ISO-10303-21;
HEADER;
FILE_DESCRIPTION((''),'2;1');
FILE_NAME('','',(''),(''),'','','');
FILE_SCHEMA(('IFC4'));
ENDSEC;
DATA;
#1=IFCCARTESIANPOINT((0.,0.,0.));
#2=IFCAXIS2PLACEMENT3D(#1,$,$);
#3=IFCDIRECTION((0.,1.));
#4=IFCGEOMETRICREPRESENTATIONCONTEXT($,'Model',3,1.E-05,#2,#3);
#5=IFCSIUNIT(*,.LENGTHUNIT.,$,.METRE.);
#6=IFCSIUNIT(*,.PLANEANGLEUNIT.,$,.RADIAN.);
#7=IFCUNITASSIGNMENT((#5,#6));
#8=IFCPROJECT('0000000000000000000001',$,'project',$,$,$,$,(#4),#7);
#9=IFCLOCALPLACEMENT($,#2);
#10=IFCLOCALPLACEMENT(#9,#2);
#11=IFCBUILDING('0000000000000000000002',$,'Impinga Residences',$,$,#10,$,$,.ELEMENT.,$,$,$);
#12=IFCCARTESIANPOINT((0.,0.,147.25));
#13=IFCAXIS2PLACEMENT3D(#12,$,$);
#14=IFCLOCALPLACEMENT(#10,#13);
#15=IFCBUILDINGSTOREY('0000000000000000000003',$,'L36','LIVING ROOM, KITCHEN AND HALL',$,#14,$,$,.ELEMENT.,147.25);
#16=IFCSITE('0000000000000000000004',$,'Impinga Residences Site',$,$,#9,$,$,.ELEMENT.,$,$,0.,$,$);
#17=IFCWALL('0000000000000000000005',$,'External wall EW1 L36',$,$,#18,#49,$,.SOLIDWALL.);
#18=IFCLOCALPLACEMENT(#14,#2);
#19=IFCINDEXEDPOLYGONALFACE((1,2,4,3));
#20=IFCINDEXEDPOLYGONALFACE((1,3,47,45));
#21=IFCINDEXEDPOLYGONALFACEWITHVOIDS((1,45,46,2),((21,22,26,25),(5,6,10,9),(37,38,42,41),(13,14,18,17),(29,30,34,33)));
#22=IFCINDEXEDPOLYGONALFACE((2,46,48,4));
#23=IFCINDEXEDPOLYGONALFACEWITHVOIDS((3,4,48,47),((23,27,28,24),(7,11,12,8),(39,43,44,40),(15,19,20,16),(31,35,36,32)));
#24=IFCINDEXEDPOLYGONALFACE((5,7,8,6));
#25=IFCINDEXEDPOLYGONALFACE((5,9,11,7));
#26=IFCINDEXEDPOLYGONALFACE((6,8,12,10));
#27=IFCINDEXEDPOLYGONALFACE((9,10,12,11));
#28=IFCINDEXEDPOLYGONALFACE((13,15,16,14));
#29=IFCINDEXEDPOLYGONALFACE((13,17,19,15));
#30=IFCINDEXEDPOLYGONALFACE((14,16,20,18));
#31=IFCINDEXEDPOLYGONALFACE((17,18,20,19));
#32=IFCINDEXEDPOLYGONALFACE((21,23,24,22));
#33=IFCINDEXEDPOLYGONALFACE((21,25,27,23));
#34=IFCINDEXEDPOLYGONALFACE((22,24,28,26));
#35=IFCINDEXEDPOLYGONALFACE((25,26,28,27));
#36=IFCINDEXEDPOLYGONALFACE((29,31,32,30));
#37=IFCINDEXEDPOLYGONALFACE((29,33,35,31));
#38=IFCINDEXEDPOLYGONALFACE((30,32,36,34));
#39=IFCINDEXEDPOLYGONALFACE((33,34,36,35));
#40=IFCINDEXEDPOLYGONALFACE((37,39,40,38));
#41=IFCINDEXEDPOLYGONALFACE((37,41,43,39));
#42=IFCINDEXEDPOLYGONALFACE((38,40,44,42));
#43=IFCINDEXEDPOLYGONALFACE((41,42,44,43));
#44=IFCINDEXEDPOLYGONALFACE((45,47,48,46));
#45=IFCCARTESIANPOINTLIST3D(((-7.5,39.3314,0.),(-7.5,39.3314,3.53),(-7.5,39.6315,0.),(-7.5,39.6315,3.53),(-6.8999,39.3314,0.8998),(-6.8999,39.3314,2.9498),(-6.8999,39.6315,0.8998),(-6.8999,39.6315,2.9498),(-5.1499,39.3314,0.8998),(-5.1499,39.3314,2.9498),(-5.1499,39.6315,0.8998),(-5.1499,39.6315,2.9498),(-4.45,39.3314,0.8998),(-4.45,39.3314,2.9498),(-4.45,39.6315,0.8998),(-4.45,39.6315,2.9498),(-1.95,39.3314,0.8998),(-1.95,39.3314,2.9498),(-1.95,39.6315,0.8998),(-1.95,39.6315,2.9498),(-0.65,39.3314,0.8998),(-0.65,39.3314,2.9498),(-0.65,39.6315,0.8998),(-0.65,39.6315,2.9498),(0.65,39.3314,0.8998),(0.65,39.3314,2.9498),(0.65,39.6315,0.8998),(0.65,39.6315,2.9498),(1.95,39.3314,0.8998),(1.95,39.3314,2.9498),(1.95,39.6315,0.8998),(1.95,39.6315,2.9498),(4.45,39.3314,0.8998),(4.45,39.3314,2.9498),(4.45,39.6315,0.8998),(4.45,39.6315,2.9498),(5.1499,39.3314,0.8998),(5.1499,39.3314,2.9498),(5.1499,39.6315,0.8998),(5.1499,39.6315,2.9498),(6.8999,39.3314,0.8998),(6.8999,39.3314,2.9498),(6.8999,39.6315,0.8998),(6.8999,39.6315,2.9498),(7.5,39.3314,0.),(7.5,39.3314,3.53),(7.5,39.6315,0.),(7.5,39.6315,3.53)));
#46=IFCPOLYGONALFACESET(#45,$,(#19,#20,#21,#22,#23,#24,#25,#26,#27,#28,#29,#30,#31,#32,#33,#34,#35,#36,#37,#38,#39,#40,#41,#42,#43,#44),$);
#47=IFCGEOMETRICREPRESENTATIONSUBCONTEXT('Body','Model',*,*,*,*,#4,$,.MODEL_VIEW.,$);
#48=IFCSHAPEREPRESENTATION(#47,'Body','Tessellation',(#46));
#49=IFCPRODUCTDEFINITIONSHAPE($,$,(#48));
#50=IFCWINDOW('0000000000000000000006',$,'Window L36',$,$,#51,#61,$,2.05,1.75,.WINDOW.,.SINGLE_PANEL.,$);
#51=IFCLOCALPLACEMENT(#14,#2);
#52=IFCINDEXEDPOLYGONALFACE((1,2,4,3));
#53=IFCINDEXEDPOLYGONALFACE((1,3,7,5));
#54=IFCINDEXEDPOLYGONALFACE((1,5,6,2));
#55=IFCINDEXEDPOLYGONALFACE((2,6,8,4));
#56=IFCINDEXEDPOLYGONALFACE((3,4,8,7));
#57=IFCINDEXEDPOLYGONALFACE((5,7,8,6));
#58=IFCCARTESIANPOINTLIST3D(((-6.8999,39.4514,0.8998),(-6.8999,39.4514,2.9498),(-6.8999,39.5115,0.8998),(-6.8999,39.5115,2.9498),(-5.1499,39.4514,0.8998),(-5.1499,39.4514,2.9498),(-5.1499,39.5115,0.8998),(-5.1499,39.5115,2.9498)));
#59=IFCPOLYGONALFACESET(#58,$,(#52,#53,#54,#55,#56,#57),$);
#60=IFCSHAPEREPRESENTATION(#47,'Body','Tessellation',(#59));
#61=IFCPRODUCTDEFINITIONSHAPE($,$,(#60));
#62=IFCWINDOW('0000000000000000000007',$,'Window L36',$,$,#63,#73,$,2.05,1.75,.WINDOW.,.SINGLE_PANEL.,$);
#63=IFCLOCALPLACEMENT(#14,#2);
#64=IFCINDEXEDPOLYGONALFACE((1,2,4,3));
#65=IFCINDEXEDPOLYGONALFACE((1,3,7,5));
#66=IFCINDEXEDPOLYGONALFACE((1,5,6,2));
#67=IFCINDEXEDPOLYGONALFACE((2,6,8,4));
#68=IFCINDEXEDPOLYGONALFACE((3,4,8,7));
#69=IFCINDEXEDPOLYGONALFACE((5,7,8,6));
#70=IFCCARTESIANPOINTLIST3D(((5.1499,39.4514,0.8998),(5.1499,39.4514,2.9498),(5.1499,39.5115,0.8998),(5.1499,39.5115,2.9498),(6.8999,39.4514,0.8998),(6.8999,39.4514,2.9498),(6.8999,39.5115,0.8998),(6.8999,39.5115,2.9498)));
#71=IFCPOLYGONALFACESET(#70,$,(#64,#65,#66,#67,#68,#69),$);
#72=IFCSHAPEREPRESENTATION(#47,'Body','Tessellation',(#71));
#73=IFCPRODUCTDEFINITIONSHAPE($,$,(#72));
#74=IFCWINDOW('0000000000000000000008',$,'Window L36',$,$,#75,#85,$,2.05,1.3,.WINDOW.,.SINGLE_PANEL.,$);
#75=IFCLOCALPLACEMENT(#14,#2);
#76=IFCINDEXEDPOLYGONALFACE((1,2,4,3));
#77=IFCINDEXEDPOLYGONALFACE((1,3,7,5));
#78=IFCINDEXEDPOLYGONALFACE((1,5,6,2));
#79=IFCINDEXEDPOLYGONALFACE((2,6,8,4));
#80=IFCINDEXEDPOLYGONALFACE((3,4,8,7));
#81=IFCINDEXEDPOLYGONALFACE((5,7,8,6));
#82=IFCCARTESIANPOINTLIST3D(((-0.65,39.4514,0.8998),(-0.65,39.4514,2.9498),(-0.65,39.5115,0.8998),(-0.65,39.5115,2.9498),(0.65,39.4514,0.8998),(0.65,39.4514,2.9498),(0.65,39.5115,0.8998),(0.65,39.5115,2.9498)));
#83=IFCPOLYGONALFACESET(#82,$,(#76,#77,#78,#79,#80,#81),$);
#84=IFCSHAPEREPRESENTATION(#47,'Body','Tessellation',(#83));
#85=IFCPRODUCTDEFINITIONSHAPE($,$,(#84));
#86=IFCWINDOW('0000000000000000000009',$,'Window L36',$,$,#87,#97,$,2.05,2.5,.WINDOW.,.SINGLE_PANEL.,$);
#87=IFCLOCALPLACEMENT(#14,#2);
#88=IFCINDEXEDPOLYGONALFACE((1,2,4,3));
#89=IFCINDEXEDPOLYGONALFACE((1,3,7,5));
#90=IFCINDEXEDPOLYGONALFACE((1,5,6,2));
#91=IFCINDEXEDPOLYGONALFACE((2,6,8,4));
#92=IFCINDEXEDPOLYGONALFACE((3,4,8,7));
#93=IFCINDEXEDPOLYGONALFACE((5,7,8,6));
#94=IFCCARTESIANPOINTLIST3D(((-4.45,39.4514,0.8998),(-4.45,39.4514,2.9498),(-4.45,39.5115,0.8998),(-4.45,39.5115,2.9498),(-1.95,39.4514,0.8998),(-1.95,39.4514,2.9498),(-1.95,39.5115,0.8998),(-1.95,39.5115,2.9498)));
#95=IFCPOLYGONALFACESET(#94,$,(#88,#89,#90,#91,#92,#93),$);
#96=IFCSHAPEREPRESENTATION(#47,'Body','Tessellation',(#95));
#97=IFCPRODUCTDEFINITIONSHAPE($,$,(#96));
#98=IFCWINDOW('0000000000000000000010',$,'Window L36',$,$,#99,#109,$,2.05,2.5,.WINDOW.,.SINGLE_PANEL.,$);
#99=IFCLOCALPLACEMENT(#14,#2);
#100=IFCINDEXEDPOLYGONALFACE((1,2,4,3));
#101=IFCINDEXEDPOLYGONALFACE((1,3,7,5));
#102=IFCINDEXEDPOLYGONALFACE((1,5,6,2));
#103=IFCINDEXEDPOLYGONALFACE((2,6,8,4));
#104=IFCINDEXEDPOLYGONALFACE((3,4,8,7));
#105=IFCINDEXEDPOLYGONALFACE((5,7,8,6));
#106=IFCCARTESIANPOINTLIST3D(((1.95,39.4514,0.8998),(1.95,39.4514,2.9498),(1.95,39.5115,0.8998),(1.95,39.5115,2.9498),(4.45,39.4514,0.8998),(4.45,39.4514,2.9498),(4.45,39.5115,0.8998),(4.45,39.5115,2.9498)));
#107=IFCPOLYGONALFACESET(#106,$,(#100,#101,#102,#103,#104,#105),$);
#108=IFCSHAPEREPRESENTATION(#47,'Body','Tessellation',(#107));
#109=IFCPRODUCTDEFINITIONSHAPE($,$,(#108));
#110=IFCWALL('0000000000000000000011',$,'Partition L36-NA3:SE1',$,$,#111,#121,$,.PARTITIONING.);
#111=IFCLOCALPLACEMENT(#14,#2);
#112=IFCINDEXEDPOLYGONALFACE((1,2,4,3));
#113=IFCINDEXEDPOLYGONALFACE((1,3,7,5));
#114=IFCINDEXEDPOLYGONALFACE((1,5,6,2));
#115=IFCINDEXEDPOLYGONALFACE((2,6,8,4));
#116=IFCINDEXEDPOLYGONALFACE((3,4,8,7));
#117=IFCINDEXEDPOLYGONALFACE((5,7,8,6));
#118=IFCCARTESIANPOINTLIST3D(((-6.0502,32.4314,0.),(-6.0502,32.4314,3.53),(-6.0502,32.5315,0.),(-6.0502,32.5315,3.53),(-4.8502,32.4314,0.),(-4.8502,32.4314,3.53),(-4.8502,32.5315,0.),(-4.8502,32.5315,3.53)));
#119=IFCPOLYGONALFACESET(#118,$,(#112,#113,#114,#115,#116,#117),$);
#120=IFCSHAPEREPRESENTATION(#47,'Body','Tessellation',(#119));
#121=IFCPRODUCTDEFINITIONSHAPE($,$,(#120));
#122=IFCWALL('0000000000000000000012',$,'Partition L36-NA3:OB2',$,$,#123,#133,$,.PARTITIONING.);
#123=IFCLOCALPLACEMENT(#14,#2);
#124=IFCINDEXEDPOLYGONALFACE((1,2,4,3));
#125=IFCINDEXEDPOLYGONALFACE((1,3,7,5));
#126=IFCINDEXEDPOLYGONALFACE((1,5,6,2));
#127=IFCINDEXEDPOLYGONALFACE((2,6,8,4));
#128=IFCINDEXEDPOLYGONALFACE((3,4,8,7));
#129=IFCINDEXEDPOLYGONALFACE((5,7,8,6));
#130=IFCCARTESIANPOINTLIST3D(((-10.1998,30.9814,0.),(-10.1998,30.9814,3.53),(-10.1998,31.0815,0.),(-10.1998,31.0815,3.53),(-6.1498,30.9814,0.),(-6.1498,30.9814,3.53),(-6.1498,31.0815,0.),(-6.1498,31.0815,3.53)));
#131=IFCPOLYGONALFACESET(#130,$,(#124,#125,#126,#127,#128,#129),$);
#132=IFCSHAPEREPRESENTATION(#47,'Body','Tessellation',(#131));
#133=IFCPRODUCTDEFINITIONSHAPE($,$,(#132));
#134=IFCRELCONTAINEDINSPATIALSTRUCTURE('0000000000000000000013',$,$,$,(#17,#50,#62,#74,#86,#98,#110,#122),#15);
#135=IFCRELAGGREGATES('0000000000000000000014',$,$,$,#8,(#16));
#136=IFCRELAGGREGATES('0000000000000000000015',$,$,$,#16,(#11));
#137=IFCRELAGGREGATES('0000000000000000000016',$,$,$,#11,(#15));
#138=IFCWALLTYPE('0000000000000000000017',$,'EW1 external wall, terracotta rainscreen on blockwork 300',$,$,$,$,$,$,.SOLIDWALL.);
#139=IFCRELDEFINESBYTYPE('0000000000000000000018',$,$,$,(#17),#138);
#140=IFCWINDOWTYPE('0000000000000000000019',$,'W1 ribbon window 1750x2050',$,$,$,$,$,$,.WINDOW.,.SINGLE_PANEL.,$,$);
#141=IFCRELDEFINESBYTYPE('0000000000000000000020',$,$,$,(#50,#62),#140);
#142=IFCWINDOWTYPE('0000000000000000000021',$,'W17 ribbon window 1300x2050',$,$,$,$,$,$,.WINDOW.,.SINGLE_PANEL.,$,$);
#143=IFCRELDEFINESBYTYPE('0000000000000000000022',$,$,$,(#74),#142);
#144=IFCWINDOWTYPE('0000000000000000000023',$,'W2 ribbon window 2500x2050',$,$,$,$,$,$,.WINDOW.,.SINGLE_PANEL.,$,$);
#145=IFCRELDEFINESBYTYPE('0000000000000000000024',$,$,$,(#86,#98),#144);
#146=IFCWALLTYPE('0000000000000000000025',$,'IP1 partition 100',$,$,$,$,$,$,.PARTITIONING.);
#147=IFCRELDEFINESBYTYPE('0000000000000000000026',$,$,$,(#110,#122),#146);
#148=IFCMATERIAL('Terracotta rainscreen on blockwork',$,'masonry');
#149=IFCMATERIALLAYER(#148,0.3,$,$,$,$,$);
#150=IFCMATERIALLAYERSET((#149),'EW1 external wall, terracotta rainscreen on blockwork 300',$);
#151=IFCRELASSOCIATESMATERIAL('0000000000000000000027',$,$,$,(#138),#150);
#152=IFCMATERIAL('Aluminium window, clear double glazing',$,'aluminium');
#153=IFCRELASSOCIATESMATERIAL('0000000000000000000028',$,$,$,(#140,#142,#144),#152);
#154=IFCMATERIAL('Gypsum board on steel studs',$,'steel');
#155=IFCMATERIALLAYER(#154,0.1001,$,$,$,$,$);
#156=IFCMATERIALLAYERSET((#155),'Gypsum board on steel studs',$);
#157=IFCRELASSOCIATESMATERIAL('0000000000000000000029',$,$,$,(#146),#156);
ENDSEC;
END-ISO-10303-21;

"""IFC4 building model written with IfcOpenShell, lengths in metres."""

from ifc_helpers import new_model, si_unit, direction, frame, frame_2d, origin, place, context, subcontext, project, spatial, rectangle, extrude, material, layer, layer_set, type_object, element, fill, save


model = new_model("IFC4")

# Units and contexts
model_context = context("Model", 3, precision=1e-05, world=origin(), true_north=direction((0.0, 1.0)))
body_context = subcontext(model_context, "Body", "Model", "MODEL_VIEW")
ifc_project = project(units=[si_unit("LENGTHUNIT", "METRE"), si_unit("PLANEANGLEUNIT", "RADIAN")], contexts=[model_context])

# Site, building, storey
site_placement = place(None, origin())
site = spatial("IfcSite", under=ifc_project, at=site_placement, Name="Impinga Residences Site", CompositionType="ELEMENT", RefElevation=0.0)
building_placement = place(site_placement, origin())
building = spatial("IfcBuilding", under=site, at=building_placement, Name="Impinga Residences", CompositionType="ELEMENT")
storey_placement = place(building_placement, frame((0.0, 0.0, 147.25)))
storey = spatial("IfcBuildingStorey", under=building, at=storey_placement, Name="L36", Description="LIVING ROOM, KITCHEN AND HALL", CompositionType="ELEMENT", Elevation=147.25)

# Shared definitions
ifc_material_1 = material(Name="Terracotta rainscreen on blockwork", Category="masonry")
ifc_layer_1 = layer(ifc_material_1, 0.3)
ifc_layer_set_1 = layer_set([ifc_layer_1], Name="EW1 external wall, terracotta rainscreen on blockwork 300")
wall_type_1 = type_object("IfcWallType", Name="EW1 external wall, terracotta rainscreen on blockwork 300", PredefinedType="SOLIDWALL", material=ifc_layer_set_1)

# Wall, openings, windows
wall_1_placement = place(storey_placement, frame((-7.5, 39.4814, 0.0), z_axis=(0.0, 0.0, 1.0), x_axis=(1.0, 0.0, 0.0)))
wall_1 = element("IfcWall", 1, at=wall_1_placement, inside=storey, type_object=wall_type_1, Name="External wall EW1 L36", PredefinedType="SOLIDWALL", context=body_context, shape_type="SweptSolid", body=[
    extrude(rectangle(XDim=15.0, YDim=0.3, at=frame_2d((7.5, 0.0))), origin(), (0.0, 0.0, 1.0), 3.53),
])
opening_1_placement = place(wall_1_placement, frame((0.6001, 0.0, 0.8999)))
opening_1 = element("IfcOpeningElement", 2, at=opening_1_placement, cuts=wall_1, PredefinedType="OPENING", context=body_context, shape_type="SweptSolid", body=[
    extrude(rectangle(XDim=1.75, YDim=2.05, at=frame_2d((0.875, 1.0249))), frame((0.0, 0.1599, 0.0), z_axis=(0.0, -1.0, 0.0), x_axis=(1.0, 0.0, 0.0)), (0.0, 0.0, 1.0), 0.3201),
])
opening_2_placement = place(wall_1_placement, frame((3.05, 0.0, 0.8999)))
opening_2 = element("IfcOpeningElement", 3, at=opening_2_placement, cuts=wall_1, PredefinedType="OPENING", context=body_context, shape_type="SweptSolid", body=[
    extrude(rectangle(XDim=2.5, YDim=2.05, at=frame_2d((1.25, 1.0249))), frame((0.0, 0.1599, 0.0), z_axis=(0.0, -1.0, 0.0), x_axis=(1.0, 0.0, 0.0)), (0.0, 0.0, 1.0), 0.3201),
])
opening_3_placement = place(wall_1_placement, frame((6.8501, 0.0, 0.8999)))
opening_3 = element("IfcOpeningElement", 4, at=opening_3_placement, cuts=wall_1, PredefinedType="OPENING", context=body_context, shape_type="SweptSolid", body=[
    extrude(rectangle(XDim=1.3, YDim=2.05, at=frame_2d((0.6499, 1.0249))), frame((0.0, 0.1599, 0.0), z_axis=(0.0, -1.0, 0.0), x_axis=(1.0, 0.0, 0.0)), (0.0, 0.0, 1.0), 0.3201),
])
opening_4_placement = place(wall_1_placement, frame((9.45, 0.0, 0.8999)))
opening_4 = element("IfcOpeningElement", 5, at=opening_4_placement, cuts=wall_1, PredefinedType="OPENING", context=body_context, shape_type="SweptSolid", body=[
    extrude(rectangle(XDim=2.5, YDim=2.05, at=frame_2d((1.25, 1.0249))), frame((0.0, 0.1599, 0.0), z_axis=(0.0, -1.0, 0.0), x_axis=(1.0, 0.0, 0.0)), (0.0, 0.0, 1.0), 0.3201),
])
opening_5_placement = place(wall_1_placement, frame((12.6499, 0.0, 0.8999)))
opening_5 = element("IfcOpeningElement", 6, at=opening_5_placement, cuts=wall_1, PredefinedType="OPENING", context=body_context, shape_type="SweptSolid", body=[
    extrude(rectangle(XDim=1.75, YDim=2.05, at=frame_2d((0.875, 1.0249))), frame((0.0, 0.1599, 0.0), z_axis=(0.0, -1.0, 0.0), x_axis=(1.0, 0.0, 0.0)), (0.0, 0.0, 1.0), 0.3201),
])
ifc_material_2 = material(Name="Aluminium window, clear double glazing", Category="aluminium")
window_type_1 = type_object("IfcWindowType", Name="W1 ribbon window 1750x2050", PartitioningType="SINGLE_PANEL", PredefinedType="WINDOW", material=ifc_material_2)
window_1_placement = place(opening_1_placement, origin())
window_1 = element("IfcWindow", 7, at=window_1_placement, inside=storey, type_object=window_type_1, Name="Window L36", OverallHeight=2.05, OverallWidth=1.75, PartitioningType="SINGLE_PANEL", PredefinedType="WINDOW", context=body_context, shape_type="SweptSolid", body=[
    extrude(rectangle(XDim=1.75, YDim=2.05, at=frame_2d((0.875, 1.0249))), frame((0.0, 0.03, 0.0), z_axis=(0.0, -1.0, 0.0), x_axis=(1.0, 0.0, 0.0)), (0.0, 0.0, 1.0), 0.0601),
])
fill(opening_1, window_1)
window_2_placement = place(opening_5_placement, origin())
window_2 = element("IfcWindow", 8, at=window_2_placement, inside=storey, type_object=window_type_1, Name="Window L36", OverallHeight=2.05, OverallWidth=1.75, PartitioningType="SINGLE_PANEL", PredefinedType="WINDOW", context=body_context, shape_type="SweptSolid", body=[
    extrude(rectangle(XDim=1.75, YDim=2.05, at=frame_2d((0.875, 1.0249))), frame((0.0, 0.03, 0.0), z_axis=(0.0, -1.0, 0.0), x_axis=(1.0, 0.0, 0.0)), (0.0, 0.0, 1.0), 0.0601),
])
fill(opening_5, window_2)
window_type_2 = type_object("IfcWindowType", Name="W17 ribbon window 1300x2050", PartitioningType="SINGLE_PANEL", PredefinedType="WINDOW", material=ifc_material_2)
window_3_placement = place(opening_3_placement, origin())
window_3 = element("IfcWindow", 9, at=window_3_placement, inside=storey, type_object=window_type_2, Name="Window L36", OverallHeight=2.05, OverallWidth=1.3, PartitioningType="SINGLE_PANEL", PredefinedType="WINDOW", context=body_context, shape_type="SweptSolid", body=[
    extrude(rectangle(XDim=1.3, YDim=2.05, at=frame_2d((0.6499, 1.0249))), frame((0.0, 0.03, 0.0), z_axis=(0.0, -1.0, 0.0), x_axis=(1.0, 0.0, 0.0)), (0.0, 0.0, 1.0), 0.0601),
])
fill(opening_3, window_3)
window_type_3 = type_object("IfcWindowType", Name="W2 ribbon window 2500x2050", PartitioningType="SINGLE_PANEL", PredefinedType="WINDOW", material=ifc_material_2)
window_4_placement = place(opening_2_placement, origin())
window_4 = element("IfcWindow", 10, at=window_4_placement, inside=storey, type_object=window_type_3, Name="Window L36", OverallHeight=2.05, OverallWidth=2.5, PartitioningType="SINGLE_PANEL", PredefinedType="WINDOW", context=body_context, shape_type="SweptSolid", body=[
    extrude(rectangle(XDim=2.5, YDim=2.05, at=frame_2d((1.25, 1.0249))), frame((0.0, 0.03, 0.0), z_axis=(0.0, -1.0, 0.0), x_axis=(1.0, 0.0, 0.0)), (0.0, 0.0, 1.0), 0.0601),
])
fill(opening_2, window_4)
window_5_placement = place(opening_4_placement, origin())
window_5 = element("IfcWindow", 11, at=window_5_placement, inside=storey, type_object=window_type_3, Name="Window L36", OverallHeight=2.05, OverallWidth=2.5, PartitioningType="SINGLE_PANEL", PredefinedType="WINDOW", context=body_context, shape_type="SweptSolid", body=[
    extrude(rectangle(XDim=2.5, YDim=2.05, at=frame_2d((1.25, 1.0249))), frame((0.0, 0.03, 0.0), z_axis=(0.0, -1.0, 0.0), x_axis=(1.0, 0.0, 0.0)), (0.0, 0.0, 1.0), 0.0601),
])
fill(opening_4, window_5)

# Walls
ifc_material_3 = material(Name="Gypsum board on steel studs", Category="steel")
ifc_layer_2 = layer(ifc_material_3, 0.1001)
ifc_layer_set_2 = layer_set([ifc_layer_2], Name="Gypsum board on steel studs")
wall_type_2 = type_object("IfcWallType", Name="IP1 partition 100", PredefinedType="PARTITIONING", material=ifc_layer_set_2)
wall_2_placement = place(storey_placement, frame((-4.8501, 32.4814, 0.0), z_axis=(0.0, 0.0, 1.0), x_axis=(-1.0, 0.0, 0.0)))
element("IfcWall", 12, at=wall_2_placement, inside=storey, type_object=wall_type_2, Name="Partition L36-NA3:SE1", PredefinedType="PARTITIONING", context=body_context, shape_type="SweptSolid", body=[
    extrude(rectangle(XDim=1.2, YDim=0.1001, at=frame_2d((0.6001, 0.0))), origin(), (0.0, 0.0, 1.0), 3.53),
])
wall_3_placement = place(storey_placement, frame((-6.1499, 31.0315, 0.0), z_axis=(0.0, 0.0, 1.0), x_axis=(-1.0, 0.0, 0.0)))
element("IfcWall", 13, at=wall_3_placement, inside=storey, type_object=wall_type_2, Name="Partition L36-NA3:OB2", PredefinedType="PARTITIONING", context=body_context, shape_type="SweptSolid", body=[
    extrude(rectangle(XDim=4.05, YDim=0.1001, at=frame_2d((2.0249, 0.0))), origin(), (0.0, 0.0, 1.0), 3.53),
])

save(model, "model.ifc")
